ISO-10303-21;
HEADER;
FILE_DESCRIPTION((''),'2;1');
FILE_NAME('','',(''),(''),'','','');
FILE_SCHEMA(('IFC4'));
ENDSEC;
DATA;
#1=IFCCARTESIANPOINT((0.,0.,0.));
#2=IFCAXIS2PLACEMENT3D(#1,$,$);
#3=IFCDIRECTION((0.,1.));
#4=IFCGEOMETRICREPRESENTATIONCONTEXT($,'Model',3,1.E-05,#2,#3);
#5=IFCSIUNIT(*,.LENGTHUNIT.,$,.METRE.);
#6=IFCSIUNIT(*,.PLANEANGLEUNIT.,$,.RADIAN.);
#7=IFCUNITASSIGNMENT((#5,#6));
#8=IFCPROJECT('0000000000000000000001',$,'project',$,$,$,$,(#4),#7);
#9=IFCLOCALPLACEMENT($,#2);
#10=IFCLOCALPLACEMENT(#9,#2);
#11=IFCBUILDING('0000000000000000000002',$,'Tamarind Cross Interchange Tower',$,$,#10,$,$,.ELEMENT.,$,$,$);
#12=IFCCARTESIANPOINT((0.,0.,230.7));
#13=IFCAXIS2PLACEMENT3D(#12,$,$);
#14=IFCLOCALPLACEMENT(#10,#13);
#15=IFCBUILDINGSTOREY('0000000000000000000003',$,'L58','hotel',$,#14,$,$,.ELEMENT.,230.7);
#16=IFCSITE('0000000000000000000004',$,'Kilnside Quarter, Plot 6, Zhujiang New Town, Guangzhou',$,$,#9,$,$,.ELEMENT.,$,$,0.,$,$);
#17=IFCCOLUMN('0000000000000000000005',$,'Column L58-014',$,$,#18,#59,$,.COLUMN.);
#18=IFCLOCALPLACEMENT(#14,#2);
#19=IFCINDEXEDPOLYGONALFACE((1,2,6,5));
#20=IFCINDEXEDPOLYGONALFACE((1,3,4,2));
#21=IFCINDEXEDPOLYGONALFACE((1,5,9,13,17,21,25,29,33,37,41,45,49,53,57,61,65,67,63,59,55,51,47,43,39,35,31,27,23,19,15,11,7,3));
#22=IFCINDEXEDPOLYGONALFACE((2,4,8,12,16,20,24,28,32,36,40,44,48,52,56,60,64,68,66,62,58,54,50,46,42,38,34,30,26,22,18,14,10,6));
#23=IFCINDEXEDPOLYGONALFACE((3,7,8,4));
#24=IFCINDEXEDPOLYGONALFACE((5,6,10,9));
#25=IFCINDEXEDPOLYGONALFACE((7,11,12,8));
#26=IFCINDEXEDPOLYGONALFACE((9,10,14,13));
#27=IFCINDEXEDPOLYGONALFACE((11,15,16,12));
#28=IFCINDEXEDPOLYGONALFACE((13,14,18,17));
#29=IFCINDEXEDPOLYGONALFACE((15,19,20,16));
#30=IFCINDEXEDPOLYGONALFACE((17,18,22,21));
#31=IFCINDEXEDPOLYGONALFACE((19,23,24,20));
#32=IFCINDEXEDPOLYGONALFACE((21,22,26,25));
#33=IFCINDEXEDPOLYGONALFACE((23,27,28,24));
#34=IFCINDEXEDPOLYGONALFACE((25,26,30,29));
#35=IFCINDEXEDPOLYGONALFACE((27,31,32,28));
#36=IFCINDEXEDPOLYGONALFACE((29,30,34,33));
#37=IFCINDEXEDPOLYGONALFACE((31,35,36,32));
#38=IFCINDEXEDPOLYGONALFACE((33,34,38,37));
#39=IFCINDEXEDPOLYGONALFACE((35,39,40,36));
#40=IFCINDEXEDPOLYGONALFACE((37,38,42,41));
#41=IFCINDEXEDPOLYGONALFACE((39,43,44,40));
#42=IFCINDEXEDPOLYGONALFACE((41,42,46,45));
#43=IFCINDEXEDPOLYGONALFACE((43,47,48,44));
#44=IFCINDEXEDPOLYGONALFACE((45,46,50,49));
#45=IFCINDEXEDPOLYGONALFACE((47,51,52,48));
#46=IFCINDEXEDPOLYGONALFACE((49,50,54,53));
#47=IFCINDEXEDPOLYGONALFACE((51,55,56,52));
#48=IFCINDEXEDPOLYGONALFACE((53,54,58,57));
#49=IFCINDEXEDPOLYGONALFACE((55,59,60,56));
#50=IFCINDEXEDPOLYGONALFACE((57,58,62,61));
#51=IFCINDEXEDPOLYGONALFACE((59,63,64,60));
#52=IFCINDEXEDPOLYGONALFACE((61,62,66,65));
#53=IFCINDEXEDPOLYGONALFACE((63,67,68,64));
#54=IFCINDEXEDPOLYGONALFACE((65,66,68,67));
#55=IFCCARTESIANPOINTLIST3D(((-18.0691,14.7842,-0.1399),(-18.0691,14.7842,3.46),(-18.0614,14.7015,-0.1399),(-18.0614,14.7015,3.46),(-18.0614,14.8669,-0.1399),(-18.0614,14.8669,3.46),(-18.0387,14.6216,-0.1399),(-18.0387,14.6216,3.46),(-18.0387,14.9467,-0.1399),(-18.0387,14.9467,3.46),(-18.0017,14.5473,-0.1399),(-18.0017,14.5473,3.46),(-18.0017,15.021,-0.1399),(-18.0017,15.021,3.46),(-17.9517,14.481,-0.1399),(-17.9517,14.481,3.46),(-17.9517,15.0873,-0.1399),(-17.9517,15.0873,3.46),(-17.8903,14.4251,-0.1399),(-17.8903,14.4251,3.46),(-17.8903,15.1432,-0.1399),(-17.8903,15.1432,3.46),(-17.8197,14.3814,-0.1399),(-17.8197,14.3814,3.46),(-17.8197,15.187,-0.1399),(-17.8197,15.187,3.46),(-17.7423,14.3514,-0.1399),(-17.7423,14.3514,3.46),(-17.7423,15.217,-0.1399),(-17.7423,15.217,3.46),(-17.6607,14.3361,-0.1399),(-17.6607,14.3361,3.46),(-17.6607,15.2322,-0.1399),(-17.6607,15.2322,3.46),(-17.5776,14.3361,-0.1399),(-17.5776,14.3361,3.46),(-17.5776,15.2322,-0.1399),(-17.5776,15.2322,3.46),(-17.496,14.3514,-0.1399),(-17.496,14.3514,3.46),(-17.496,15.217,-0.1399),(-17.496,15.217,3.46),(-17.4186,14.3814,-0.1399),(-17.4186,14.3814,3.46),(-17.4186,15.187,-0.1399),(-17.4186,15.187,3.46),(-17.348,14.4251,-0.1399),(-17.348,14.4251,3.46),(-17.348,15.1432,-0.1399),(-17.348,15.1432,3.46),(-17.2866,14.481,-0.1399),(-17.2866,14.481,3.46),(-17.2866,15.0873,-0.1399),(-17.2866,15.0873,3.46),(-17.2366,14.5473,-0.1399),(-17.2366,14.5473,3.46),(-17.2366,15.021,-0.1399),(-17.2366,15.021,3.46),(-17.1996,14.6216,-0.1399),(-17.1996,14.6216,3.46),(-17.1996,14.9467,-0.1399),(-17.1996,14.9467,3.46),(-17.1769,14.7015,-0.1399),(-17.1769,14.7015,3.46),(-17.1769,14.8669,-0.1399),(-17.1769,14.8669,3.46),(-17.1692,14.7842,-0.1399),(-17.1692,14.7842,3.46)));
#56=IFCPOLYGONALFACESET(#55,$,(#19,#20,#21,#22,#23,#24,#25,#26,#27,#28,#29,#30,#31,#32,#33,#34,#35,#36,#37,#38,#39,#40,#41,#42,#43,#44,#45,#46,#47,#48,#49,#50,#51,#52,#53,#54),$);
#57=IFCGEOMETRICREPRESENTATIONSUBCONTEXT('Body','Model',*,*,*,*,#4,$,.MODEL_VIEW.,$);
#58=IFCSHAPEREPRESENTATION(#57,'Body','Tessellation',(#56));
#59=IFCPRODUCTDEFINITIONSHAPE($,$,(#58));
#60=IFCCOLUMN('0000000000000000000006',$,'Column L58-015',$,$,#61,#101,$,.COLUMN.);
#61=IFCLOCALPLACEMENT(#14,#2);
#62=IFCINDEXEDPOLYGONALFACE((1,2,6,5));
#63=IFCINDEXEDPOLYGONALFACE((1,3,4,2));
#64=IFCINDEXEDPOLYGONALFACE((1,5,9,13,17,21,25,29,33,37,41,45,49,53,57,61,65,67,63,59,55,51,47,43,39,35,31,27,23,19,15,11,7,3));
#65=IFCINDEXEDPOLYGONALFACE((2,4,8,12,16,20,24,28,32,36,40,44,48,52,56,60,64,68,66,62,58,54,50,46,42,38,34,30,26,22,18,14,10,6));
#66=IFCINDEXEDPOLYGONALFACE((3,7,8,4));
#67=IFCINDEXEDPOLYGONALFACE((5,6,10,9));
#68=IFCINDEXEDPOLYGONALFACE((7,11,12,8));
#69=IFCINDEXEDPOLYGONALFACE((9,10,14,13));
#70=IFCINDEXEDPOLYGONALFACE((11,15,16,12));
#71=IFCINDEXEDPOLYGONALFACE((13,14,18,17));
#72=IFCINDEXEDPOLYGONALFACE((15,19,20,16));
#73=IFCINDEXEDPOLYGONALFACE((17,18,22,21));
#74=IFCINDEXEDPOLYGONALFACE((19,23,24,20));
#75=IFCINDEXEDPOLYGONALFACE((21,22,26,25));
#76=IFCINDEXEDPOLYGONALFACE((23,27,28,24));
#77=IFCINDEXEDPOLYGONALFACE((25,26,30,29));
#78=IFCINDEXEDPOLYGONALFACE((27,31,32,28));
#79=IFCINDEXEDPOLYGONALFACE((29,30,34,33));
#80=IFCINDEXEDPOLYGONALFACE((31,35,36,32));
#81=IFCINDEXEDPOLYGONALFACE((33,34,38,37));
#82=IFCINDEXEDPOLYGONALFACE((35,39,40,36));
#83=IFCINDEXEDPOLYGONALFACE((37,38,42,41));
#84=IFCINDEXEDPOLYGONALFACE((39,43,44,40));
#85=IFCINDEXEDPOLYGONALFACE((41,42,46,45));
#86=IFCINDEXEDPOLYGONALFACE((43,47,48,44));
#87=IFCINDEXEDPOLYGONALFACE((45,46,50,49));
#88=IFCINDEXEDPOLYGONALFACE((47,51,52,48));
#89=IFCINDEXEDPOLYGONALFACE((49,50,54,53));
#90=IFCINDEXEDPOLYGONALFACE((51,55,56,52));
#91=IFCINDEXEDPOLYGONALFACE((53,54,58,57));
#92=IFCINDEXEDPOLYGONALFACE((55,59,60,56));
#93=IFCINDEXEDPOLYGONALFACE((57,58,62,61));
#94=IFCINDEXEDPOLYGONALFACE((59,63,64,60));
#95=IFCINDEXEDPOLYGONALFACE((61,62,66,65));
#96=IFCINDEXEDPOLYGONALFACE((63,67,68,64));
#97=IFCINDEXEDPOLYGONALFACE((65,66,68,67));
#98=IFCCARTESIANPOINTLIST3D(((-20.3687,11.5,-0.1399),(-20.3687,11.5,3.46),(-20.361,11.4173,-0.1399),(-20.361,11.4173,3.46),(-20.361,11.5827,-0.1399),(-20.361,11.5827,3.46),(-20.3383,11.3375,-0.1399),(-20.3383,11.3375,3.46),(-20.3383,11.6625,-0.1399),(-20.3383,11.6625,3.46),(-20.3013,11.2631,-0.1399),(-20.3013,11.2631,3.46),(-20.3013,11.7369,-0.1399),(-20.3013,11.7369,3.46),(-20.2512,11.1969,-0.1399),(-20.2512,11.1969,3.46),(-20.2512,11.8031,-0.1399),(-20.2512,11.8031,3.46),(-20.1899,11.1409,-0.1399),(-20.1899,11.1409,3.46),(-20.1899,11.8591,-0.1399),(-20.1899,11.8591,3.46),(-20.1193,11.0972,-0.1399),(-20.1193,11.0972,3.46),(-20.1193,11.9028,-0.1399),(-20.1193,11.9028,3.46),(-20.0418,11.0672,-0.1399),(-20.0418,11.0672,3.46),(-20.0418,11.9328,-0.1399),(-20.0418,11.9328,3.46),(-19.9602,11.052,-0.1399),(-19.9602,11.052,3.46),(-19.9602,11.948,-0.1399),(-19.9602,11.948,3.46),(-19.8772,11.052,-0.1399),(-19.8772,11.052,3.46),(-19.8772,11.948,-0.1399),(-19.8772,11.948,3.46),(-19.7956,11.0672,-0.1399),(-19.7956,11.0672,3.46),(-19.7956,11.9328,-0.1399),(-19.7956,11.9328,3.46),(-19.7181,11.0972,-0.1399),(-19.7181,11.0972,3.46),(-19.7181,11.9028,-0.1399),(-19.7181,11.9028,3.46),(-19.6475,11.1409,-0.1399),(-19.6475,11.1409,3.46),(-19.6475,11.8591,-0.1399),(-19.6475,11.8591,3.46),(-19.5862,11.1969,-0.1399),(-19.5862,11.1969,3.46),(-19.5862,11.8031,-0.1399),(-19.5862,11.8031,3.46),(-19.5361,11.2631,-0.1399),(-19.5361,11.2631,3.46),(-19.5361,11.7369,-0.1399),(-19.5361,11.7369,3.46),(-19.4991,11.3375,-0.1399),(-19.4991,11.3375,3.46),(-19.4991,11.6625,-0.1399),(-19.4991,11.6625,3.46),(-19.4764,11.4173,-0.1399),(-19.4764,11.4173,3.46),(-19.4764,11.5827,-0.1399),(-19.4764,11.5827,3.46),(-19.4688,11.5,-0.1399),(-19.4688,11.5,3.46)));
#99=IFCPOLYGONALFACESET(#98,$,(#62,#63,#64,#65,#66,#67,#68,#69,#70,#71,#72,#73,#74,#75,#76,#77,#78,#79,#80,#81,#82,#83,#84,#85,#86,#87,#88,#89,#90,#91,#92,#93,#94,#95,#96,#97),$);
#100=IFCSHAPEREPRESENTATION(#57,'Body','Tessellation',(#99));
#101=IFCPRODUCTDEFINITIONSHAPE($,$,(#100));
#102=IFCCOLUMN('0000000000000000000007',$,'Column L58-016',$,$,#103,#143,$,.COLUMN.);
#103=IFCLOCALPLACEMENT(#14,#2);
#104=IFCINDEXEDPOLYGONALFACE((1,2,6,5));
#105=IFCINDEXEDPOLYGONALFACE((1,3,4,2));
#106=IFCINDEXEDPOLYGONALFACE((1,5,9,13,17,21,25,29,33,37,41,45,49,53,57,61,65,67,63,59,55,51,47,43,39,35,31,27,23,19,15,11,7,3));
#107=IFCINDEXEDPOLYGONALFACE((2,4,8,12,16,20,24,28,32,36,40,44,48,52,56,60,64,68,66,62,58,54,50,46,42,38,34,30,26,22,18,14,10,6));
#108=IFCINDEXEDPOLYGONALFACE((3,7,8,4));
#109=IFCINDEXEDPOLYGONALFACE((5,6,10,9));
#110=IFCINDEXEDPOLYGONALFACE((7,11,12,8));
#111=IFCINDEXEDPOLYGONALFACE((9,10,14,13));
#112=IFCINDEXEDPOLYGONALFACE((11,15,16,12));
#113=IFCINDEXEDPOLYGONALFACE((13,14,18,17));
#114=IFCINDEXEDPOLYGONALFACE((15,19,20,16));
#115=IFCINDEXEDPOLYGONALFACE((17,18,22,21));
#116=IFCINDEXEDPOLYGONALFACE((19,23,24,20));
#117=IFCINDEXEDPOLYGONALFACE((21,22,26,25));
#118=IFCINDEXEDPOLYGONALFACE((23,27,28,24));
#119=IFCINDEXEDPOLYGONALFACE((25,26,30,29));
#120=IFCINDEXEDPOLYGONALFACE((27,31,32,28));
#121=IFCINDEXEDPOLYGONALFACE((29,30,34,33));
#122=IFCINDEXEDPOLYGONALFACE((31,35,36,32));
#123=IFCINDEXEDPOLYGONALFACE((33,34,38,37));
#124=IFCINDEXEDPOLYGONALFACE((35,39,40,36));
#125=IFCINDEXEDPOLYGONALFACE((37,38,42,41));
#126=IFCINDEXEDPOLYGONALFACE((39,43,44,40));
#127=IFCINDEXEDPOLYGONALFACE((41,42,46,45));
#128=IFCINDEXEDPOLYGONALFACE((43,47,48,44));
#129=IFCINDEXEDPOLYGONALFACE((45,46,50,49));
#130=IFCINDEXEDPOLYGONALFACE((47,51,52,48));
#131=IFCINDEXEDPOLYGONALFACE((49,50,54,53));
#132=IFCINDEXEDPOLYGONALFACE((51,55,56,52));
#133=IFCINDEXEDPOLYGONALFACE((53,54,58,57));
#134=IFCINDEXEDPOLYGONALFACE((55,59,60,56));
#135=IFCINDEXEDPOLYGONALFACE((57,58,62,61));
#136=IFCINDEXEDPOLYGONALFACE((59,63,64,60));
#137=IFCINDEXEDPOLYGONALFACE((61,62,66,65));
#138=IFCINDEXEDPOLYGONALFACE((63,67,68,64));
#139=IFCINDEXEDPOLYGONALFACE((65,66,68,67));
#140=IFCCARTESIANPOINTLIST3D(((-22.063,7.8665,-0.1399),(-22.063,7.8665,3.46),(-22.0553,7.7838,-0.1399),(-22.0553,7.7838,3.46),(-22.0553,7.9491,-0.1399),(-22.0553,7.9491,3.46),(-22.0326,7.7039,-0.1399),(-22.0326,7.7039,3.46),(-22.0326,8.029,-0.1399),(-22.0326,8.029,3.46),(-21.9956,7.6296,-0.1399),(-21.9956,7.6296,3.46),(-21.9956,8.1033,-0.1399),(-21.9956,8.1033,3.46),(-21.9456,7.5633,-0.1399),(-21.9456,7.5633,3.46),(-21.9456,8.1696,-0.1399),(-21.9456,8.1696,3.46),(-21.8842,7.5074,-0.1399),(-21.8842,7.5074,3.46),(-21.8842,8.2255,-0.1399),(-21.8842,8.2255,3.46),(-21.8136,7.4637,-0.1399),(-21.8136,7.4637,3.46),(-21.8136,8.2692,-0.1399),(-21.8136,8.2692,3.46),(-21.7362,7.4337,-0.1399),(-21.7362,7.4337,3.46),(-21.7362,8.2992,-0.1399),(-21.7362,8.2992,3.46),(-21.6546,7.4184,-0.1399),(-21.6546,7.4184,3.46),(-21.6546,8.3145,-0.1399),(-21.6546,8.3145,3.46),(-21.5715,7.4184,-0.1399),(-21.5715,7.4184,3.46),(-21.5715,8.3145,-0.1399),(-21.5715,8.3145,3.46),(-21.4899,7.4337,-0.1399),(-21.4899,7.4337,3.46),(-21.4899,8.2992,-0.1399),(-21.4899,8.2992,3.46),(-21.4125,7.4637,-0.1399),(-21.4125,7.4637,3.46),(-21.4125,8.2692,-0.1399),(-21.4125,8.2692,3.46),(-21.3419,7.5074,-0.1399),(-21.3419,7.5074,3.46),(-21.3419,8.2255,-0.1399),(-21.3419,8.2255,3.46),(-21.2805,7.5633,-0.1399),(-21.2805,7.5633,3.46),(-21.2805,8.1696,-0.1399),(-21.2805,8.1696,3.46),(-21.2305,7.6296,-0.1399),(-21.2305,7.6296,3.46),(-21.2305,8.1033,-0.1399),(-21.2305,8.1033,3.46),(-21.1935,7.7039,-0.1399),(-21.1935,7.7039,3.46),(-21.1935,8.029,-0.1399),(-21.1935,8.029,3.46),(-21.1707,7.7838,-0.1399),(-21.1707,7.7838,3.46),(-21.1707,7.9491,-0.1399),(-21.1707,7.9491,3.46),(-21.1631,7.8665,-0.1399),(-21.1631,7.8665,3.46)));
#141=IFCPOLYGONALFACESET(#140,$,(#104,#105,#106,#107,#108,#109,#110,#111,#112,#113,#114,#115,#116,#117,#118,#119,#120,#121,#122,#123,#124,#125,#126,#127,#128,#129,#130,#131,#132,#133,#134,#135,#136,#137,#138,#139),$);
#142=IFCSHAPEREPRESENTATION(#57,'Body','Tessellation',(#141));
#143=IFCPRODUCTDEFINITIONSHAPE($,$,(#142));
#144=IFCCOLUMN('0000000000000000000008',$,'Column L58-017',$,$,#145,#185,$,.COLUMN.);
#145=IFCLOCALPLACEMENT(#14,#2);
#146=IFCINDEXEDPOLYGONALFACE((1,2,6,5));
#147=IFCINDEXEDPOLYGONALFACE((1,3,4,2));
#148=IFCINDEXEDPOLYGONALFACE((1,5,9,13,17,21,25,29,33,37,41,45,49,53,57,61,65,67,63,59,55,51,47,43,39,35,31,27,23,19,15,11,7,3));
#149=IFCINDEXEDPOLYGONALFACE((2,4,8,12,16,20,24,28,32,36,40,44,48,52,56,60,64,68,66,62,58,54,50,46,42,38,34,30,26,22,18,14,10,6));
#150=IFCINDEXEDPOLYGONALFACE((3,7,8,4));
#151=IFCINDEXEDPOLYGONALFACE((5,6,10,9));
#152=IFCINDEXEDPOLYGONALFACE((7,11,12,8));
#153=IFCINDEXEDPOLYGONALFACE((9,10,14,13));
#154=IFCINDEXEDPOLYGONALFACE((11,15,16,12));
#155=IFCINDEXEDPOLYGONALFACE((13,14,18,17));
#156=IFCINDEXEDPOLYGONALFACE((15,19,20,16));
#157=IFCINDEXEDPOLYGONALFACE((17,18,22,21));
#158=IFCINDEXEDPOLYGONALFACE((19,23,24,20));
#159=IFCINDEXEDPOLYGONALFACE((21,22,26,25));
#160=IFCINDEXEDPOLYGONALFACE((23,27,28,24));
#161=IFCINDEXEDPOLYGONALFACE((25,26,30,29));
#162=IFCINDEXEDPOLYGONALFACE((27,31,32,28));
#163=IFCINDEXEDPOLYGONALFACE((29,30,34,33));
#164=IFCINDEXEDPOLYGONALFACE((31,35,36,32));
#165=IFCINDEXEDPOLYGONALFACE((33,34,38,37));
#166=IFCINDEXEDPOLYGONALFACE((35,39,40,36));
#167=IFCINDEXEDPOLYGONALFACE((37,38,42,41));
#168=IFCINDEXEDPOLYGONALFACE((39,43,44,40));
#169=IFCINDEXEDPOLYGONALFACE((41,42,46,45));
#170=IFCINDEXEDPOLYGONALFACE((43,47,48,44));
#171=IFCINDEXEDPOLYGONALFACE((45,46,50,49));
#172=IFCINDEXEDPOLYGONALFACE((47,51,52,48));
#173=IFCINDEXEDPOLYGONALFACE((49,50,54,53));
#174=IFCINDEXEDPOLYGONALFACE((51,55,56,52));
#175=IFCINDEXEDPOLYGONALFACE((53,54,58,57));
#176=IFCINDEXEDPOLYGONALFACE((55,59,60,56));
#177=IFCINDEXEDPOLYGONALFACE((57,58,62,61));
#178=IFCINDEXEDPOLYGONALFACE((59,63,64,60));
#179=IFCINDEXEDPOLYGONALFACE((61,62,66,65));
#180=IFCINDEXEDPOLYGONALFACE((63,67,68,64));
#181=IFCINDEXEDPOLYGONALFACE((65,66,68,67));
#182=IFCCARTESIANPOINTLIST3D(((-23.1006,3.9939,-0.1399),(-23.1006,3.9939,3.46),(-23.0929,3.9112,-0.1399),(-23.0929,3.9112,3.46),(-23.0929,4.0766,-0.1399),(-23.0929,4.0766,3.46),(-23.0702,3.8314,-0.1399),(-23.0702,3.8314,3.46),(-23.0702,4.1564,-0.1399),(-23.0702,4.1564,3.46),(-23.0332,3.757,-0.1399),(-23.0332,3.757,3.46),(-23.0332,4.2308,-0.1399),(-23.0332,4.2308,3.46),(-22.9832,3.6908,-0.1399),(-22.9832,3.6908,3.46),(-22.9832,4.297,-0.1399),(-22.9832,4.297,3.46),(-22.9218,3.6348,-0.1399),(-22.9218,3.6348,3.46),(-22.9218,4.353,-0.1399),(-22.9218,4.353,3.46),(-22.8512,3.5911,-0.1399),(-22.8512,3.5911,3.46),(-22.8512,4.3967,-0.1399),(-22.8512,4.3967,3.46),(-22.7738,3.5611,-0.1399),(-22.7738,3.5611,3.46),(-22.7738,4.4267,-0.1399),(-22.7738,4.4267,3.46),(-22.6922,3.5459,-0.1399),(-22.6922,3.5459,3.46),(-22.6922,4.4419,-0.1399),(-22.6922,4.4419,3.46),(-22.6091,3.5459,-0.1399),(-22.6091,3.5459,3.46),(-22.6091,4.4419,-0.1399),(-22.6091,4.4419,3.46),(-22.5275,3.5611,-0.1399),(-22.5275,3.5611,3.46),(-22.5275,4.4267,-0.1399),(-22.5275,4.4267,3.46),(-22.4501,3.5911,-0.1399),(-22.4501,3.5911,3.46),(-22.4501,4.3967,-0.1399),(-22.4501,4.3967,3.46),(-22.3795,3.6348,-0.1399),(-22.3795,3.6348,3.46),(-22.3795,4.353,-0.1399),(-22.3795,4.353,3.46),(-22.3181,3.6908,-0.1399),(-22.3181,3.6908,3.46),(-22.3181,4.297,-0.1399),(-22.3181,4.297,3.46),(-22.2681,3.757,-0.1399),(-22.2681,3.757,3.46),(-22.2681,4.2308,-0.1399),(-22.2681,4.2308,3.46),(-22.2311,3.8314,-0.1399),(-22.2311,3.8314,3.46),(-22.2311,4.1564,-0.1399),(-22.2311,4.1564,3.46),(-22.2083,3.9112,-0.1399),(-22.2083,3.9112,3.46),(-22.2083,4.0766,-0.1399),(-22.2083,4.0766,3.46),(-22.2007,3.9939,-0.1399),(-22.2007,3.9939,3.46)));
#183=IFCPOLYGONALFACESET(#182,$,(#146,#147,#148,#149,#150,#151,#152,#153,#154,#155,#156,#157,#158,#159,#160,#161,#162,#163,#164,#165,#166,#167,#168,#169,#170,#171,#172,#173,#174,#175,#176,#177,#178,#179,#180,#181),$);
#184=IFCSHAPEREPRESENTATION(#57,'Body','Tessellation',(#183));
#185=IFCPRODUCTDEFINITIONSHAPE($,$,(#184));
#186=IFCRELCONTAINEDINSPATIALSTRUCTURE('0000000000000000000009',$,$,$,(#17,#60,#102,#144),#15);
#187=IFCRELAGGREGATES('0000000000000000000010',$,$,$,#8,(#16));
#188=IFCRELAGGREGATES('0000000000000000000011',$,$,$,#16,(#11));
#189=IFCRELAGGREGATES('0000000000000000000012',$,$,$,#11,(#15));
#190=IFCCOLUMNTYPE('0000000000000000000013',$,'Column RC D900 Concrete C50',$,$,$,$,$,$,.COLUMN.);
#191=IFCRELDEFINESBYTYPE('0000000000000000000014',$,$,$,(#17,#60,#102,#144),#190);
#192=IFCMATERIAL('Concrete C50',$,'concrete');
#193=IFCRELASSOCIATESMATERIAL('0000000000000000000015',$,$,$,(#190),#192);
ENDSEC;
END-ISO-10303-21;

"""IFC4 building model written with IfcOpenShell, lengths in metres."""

from ifc_helpers import new_model, si_unit, direction, frame, origin, origin_2d, place, context, subcontext, project, spatial, circle, extrude, material, material_profile, profile_set, type_object, element, save


model = new_model("IFC4")

# Units and contexts
model_context = context("Model", 3, precision=1e-05, world=origin(), true_north=direction((0.0, 1.0)))
body_context = subcontext(model_context, "Body", "Model", "MODEL_VIEW")
ifc_project = project(units=[si_unit("LENGTHUNIT", "METRE"), si_unit("PLANEANGLEUNIT", "RADIAN")], contexts=[model_context])

# Site, building, storey
site_placement = place(None, origin())
site = spatial("IfcSite", under=ifc_project, at=site_placement, Name="Kilnside Quarter, Plot 6, Zhujiang New Town, Guangzhou", CompositionType="ELEMENT", RefElevation=0.0)
building_placement = place(site_placement, origin())
building = spatial("IfcBuilding", under=site, at=building_placement, Name="Tamarind Cross Interchange Tower", CompositionType="ELEMENT")
storey_placement = place(building_placement, frame((0.0, 0.0, 230.7)))
storey = spatial("IfcBuildingStorey", under=building, at=storey_placement, Name="L58", Description="hotel", CompositionType="ELEMENT", Elevation=230.7)

# Columns
ifc_material_1 = material(Name="Concrete C50", Category="concrete")
ifc_material_profile_1 = material_profile(ifc_material_1, circle(Radius=0.45, at=origin_2d()), Name="RC D900")
ifc_profile_set_1 = profile_set([ifc_material_profile_1], Name="Concrete C50")
column_type = type_object("IfcColumnType", Name="Column RC D900 Concrete C50", PredefinedType="COLUMN", material=ifc_profile_set_1)
for number, where, z_axis, x_axis, name in (
    (1, (-17.6191, 14.7842, -0.1399), (0.0, 0.0, 1.0), (1.0, 0.0, 0.0), "Column L58-014"),
    (2, (-19.9187, 11.5, -0.1399), (0.0, 0.0, 1.0), (1.0, 0.0, 0.0), "Column L58-015"),
    (3, (-21.613, 7.8665, -0.1399), (0.0, 0.0, 1.0), (1.0, 0.0, 0.0), "Column L58-016"),
    (4, (-22.6506, 3.9939, -0.1399), (0.0, 0.0, 1.0), (1.0, 0.0, 0.0), "Column L58-017"),
):
    element("IfcColumn", number, at=place(storey_placement, frame(where, z_axis=z_axis, x_axis=x_axis)), inside=storey, type_object=column_type, Name=name, PredefinedType="COLUMN", context=body_context, shape_type="SweptSolid", body=[
        extrude(circle(Radius=0.45, at=origin_2d()), origin(), (0.0, 0.0, 1.0), 3.5999),
    ])

save(model, "model.ifc")
